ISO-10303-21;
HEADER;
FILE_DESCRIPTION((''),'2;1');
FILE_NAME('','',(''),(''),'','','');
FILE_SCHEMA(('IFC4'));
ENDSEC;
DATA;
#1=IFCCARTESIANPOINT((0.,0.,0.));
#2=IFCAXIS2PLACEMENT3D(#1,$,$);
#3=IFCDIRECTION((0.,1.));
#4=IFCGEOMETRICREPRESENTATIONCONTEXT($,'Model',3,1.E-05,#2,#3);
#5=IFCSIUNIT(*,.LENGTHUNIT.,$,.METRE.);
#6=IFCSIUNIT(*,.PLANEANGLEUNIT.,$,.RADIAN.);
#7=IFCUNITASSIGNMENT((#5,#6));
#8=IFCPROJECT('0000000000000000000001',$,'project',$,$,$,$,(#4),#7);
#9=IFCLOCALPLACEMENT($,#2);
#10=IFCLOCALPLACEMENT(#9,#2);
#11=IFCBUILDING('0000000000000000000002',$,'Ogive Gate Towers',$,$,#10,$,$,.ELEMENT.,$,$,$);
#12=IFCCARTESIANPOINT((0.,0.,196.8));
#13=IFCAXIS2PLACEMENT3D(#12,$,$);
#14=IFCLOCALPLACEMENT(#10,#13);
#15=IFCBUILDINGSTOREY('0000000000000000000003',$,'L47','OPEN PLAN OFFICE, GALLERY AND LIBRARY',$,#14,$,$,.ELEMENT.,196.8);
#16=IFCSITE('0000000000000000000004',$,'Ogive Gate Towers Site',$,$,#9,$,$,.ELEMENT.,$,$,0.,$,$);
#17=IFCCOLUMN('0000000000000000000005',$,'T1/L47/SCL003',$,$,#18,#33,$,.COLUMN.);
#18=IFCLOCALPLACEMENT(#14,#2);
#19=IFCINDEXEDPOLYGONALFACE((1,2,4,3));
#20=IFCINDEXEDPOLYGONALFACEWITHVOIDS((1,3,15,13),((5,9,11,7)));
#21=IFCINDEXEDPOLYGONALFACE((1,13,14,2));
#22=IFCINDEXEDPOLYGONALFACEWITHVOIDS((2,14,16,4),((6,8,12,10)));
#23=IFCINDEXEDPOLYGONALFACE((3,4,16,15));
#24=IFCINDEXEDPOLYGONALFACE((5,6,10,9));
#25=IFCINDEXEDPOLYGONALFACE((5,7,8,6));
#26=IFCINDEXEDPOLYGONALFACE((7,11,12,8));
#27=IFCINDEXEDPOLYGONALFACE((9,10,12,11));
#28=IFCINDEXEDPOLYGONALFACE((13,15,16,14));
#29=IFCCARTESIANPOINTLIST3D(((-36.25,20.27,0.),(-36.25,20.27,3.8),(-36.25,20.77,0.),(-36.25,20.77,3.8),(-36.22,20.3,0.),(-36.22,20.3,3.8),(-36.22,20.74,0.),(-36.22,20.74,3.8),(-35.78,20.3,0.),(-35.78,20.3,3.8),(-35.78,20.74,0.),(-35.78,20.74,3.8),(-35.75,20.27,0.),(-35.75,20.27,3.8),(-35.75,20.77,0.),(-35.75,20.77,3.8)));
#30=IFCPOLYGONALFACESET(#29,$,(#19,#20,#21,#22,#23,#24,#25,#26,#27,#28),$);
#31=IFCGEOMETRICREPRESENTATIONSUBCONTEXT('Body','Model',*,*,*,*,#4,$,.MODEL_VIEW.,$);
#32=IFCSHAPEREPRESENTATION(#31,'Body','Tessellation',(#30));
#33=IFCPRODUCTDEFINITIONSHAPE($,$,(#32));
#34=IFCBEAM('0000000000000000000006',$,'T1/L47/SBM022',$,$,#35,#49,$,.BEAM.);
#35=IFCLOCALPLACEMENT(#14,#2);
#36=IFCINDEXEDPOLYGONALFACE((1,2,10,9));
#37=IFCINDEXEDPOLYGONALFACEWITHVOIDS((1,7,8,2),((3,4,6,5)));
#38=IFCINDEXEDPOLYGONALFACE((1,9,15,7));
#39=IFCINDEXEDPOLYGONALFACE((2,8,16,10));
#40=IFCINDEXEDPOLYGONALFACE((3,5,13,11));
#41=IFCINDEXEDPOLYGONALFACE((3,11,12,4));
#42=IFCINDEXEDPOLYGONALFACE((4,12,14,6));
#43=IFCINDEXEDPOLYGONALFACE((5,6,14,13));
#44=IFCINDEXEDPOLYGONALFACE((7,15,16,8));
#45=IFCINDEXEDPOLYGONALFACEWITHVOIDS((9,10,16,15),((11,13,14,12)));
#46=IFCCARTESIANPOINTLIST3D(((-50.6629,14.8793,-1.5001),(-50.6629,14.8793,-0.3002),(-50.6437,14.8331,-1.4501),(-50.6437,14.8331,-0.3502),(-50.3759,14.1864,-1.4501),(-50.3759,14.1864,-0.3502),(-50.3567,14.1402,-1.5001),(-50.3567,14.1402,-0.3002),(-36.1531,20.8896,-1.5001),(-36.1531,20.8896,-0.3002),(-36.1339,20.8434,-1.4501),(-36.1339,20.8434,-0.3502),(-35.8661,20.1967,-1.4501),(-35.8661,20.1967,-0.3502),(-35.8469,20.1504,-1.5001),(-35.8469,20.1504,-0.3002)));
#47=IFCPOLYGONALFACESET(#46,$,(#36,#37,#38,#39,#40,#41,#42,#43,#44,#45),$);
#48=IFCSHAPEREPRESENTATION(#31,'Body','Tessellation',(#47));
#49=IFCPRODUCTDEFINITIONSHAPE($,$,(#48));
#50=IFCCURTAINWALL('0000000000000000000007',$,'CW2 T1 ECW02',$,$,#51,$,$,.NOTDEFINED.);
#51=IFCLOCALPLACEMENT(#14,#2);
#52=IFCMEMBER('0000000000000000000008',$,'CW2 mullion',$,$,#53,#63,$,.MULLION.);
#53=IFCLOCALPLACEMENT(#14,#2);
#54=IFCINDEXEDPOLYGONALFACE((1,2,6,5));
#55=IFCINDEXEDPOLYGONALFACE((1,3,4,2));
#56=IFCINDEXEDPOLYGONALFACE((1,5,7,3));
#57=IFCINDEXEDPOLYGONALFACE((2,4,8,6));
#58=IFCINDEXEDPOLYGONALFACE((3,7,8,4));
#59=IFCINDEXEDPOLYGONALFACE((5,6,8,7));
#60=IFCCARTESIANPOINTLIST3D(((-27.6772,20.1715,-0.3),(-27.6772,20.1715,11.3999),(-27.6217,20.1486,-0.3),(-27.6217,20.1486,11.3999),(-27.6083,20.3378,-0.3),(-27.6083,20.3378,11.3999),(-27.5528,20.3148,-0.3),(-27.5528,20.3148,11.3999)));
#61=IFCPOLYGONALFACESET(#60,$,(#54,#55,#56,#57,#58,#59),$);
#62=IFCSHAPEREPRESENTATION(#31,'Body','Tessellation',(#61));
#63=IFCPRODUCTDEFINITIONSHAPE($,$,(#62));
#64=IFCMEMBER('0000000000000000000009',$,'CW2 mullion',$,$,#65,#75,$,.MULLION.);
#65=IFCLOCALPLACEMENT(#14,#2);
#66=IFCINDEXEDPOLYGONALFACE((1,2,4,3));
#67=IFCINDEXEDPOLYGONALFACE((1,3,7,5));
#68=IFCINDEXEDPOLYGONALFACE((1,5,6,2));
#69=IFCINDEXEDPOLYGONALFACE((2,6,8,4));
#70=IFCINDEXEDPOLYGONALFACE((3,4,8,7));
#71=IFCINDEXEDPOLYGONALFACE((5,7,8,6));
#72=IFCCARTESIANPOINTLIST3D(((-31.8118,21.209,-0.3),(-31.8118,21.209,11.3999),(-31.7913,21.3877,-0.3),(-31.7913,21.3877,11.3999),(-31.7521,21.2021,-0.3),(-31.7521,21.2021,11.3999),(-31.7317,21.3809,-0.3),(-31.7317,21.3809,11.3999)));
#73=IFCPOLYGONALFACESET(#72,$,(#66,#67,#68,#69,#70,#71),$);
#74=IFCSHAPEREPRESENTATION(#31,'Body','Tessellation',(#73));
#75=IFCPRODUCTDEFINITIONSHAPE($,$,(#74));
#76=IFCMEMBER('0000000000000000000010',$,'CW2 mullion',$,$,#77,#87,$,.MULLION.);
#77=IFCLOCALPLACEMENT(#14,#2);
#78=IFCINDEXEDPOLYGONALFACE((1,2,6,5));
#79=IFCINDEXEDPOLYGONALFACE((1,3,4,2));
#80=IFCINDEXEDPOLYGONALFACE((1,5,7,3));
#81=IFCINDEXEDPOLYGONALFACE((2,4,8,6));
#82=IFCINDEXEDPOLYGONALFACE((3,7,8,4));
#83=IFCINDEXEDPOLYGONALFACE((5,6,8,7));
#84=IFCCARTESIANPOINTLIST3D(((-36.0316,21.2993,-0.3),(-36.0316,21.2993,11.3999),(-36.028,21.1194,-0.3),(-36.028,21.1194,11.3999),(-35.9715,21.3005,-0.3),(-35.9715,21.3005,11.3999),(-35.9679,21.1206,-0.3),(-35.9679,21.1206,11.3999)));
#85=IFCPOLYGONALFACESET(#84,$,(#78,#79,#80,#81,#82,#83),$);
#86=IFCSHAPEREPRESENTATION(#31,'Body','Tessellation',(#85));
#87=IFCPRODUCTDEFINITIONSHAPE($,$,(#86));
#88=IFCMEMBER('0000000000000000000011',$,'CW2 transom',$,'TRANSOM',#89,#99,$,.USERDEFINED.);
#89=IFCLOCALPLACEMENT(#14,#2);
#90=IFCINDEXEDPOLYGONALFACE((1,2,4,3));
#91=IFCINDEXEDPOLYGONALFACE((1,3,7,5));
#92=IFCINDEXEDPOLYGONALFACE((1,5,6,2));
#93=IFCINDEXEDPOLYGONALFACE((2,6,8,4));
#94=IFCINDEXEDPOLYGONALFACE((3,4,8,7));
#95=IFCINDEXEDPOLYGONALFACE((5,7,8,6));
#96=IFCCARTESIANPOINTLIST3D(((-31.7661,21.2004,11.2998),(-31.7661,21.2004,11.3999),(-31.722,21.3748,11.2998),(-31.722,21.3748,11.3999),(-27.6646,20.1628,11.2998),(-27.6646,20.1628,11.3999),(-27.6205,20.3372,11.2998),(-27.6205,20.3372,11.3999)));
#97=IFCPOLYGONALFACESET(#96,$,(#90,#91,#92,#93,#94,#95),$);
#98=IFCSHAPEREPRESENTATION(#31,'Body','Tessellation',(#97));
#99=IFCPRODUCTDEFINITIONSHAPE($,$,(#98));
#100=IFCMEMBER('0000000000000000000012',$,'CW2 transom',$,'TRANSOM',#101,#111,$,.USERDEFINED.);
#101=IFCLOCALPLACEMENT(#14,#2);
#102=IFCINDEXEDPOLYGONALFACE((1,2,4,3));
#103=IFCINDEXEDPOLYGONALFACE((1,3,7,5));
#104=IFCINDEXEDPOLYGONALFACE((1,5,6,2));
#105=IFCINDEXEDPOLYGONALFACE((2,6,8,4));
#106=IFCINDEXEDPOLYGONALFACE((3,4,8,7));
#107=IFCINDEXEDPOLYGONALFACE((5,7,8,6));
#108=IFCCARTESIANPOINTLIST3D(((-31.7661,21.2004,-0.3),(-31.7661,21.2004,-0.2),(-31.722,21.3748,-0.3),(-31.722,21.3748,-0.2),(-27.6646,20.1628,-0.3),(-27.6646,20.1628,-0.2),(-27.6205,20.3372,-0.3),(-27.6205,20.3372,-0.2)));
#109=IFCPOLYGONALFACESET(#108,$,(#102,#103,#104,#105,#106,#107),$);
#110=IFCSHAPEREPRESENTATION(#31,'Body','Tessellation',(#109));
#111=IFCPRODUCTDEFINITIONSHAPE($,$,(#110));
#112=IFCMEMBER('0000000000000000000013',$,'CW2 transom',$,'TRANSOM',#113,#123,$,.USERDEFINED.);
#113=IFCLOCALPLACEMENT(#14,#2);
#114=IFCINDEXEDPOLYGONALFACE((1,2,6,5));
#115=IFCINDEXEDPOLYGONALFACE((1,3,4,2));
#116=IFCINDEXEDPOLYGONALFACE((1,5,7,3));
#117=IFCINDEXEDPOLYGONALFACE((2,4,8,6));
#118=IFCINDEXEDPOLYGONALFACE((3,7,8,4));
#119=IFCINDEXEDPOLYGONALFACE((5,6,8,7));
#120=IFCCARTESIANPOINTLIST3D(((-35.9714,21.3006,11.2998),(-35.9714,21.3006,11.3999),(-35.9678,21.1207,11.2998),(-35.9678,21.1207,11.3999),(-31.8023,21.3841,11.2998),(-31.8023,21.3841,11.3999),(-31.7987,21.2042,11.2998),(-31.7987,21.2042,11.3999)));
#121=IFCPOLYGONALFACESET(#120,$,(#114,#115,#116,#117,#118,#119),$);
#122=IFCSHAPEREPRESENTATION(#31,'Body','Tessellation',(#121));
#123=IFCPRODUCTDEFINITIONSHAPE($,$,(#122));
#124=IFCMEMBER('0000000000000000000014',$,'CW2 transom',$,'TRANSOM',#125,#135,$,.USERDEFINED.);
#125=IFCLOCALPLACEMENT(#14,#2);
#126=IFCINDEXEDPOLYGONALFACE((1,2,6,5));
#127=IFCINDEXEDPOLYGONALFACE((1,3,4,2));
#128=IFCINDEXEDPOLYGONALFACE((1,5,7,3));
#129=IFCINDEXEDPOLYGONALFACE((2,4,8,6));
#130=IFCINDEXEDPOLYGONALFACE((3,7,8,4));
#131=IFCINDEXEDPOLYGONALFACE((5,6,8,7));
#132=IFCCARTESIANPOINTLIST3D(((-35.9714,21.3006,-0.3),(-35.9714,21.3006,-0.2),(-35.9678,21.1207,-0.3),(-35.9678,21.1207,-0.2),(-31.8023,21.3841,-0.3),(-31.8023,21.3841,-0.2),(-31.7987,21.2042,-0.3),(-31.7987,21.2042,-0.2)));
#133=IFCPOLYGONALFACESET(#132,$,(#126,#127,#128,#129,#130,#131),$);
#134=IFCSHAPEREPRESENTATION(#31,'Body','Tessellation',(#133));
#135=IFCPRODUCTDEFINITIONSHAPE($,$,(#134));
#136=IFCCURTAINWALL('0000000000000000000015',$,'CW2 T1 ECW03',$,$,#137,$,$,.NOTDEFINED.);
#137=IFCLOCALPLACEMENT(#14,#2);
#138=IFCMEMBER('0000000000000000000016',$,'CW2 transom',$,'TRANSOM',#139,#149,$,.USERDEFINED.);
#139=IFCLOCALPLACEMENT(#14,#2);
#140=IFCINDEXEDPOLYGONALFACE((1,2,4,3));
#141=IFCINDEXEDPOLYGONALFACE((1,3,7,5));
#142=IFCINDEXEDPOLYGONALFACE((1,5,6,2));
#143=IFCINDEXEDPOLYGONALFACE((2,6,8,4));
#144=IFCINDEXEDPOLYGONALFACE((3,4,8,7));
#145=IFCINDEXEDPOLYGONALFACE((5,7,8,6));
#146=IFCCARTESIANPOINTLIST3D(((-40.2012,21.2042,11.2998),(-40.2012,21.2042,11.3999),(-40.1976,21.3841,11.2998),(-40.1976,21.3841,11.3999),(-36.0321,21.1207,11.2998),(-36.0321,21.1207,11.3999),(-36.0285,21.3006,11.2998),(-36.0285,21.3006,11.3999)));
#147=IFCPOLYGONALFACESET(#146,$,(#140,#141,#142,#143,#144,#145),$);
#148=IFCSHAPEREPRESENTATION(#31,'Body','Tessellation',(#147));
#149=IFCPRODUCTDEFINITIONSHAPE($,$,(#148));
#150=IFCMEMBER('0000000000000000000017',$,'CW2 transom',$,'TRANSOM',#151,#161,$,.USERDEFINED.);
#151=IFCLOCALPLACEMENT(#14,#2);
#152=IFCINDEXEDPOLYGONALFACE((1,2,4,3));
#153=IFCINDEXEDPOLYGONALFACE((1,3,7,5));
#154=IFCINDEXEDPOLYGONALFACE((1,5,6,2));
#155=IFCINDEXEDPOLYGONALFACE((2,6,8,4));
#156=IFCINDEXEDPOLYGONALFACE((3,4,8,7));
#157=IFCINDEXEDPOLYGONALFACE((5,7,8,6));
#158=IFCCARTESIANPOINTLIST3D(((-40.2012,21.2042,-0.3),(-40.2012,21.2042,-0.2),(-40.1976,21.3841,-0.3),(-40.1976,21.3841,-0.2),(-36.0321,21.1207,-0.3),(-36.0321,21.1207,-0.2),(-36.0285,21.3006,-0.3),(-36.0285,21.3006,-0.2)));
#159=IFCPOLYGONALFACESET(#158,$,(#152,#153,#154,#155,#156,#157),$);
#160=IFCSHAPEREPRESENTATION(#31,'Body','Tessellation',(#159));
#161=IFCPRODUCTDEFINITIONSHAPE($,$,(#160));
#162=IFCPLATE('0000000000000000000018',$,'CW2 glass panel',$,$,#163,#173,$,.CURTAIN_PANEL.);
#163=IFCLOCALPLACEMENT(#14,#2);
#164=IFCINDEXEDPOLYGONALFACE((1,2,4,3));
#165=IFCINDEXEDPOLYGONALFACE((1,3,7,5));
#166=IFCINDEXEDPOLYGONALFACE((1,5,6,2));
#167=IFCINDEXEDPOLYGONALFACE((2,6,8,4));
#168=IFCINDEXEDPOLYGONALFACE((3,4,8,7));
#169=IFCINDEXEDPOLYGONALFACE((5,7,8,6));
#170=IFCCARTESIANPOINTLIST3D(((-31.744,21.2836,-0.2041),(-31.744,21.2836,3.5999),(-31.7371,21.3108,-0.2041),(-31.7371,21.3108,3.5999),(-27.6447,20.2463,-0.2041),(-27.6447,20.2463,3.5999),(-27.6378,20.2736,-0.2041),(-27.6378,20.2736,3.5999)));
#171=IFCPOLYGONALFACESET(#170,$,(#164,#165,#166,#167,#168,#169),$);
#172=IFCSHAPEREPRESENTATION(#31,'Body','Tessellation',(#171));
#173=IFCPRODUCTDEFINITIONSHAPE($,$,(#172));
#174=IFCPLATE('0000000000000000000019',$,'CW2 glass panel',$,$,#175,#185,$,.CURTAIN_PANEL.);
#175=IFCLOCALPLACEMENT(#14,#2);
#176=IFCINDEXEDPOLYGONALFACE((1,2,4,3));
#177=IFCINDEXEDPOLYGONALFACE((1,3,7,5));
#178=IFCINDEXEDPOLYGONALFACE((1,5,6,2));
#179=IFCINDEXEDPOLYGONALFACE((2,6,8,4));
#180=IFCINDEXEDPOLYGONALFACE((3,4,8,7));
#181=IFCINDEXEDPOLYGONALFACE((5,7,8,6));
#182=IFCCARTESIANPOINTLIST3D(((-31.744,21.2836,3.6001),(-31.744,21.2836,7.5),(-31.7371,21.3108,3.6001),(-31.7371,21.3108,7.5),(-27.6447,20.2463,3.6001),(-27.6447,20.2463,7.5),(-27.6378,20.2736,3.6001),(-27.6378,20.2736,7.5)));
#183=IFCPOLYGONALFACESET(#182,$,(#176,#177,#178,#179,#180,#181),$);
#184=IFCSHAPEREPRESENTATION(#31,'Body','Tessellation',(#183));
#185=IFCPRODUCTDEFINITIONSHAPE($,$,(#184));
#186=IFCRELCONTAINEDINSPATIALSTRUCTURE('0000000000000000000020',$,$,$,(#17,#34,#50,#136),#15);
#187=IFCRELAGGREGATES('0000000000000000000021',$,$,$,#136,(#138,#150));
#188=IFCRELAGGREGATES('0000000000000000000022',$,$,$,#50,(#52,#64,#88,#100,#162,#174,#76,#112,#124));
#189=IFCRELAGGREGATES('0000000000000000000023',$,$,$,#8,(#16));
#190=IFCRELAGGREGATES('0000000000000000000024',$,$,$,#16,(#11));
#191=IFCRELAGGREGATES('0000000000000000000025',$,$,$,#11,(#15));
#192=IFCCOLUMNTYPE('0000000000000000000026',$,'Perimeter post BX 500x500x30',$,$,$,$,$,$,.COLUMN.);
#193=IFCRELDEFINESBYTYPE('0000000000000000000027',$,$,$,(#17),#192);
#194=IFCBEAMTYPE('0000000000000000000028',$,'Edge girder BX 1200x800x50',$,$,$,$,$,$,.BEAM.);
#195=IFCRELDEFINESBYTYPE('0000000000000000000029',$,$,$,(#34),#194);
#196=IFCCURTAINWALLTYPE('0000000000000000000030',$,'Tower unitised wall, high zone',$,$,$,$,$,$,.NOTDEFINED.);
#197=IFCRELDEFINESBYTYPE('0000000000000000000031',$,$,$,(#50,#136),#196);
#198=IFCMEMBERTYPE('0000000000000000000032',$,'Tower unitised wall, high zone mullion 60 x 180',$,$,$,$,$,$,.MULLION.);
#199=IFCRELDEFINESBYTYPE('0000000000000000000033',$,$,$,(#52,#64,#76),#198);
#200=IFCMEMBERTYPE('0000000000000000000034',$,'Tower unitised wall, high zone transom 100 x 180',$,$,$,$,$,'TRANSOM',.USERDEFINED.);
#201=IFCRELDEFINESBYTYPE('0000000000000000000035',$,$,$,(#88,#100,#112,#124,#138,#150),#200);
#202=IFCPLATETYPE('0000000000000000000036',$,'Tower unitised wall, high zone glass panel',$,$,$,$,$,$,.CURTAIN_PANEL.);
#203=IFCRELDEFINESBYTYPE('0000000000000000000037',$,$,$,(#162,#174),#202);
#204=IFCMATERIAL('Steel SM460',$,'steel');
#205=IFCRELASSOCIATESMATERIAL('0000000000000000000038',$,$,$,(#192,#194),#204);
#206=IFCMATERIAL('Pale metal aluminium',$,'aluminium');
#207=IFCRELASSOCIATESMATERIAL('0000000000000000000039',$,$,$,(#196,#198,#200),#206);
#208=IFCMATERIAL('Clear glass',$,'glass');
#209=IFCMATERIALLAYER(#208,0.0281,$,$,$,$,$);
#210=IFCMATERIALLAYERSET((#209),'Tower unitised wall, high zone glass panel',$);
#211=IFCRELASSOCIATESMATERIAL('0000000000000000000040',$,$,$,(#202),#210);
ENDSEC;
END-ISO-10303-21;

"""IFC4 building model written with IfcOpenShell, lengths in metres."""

from ifc_helpers import new_model, si_unit, direction, frame, origin, origin_2d, place, context, subcontext, project, spatial, rectangle, hollow_rectangle, extrude, material, layer, layer_set, material_profile, profile_set, type_object, element, aggregate, save


model = new_model("IFC4")

# Units and contexts
model_context = context("Model", 3, precision=1e-05, world=origin(), true_north=direction((0.0, 1.0)))
body_context = subcontext(model_context, "Body", "Model", "MODEL_VIEW")
ifc_project = project(units=[si_unit("LENGTHUNIT", "METRE"), si_unit("PLANEANGLEUNIT", "RADIAN")], contexts=[model_context])

# Site, building, storey
site_placement = place(None, origin())
site = spatial("IfcSite", under=ifc_project, at=site_placement, Name="Ogive Gate Towers Site", CompositionType="ELEMENT", RefElevation=0.0)
building_placement = place(site_placement, origin())
building = spatial("IfcBuilding", under=site, at=building_placement, Name="Ogive Gate Towers", CompositionType="ELEMENT")
storey_placement = place(building_placement, frame((0.0, 0.0, 196.8)))
storey = spatial("IfcBuildingStorey", under=building, at=storey_placement, Name="L47", Description="OPEN PLAN OFFICE, GALLERY AND LIBRARY", CompositionType="ELEMENT", Elevation=196.8)

# Column
ifc_material_1 = material(Name="Steel SM460", Category="steel")
ifc_material_profile_1 = material_profile(ifc_material_1, hollow_rectangle(XDim=0.5, YDim=0.5, WallThickness=0.03, at=origin_2d()), Name="BX 500x500x30")
ifc_profile_set_1 = profile_set([ifc_material_profile_1], Name="Steel SM460")
column_type = type_object("IfcColumnType", Name="Perimeter post BX 500x500x30", PredefinedType="COLUMN", material=ifc_profile_set_1)
column_placement = place(storey_placement, frame((-36.0, 20.52, 0.0), z_axis=(0.0, 0.0, 1.0), x_axis=(1.0, 0.0, 0.0)))
element("IfcColumn", 1, at=column_placement, inside=storey, type_object=column_type, Name="T1/L47/SCL003", PredefinedType="COLUMN", context=body_context, shape_type="SweptSolid", body=[
    extrude(hollow_rectangle(XDim=0.5, YDim=0.5, WallThickness=0.03, at=origin_2d()), origin(), (0.0, 0.0, 1.0), 3.8),
])

# Beam
ifc_material_profile_2 = material_profile(ifc_material_1, hollow_rectangle(XDim=0.8, YDim=1.2, WallThickness=0.05, at=origin_2d()), Name="BX 1200x800x50")
ifc_profile_set_2 = profile_set([ifc_material_profile_2], Name="Steel SM460")
beam_type = type_object("IfcBeamType", Name="Edge girder BX 1200x800x50", PredefinedType="BEAM", material=ifc_profile_set_2)
beam_placement = place(storey_placement, frame((-36.0, 20.52, -0.9001), z_axis=(-0.923877, -0.38269, 0.0), x_axis=(0.38269, -0.923877, 0.0)))
element("IfcBeam", 2, at=beam_placement, inside=storey, type_object=beam_type, Name="T1/L47/SBM022", PredefinedType="BEAM", context=body_context, shape_type="SweptSolid", body=[
    extrude(hollow_rectangle(XDim=0.8, YDim=1.2, WallThickness=0.05, at=origin_2d()), origin(), (0.0, 0.0, 1.0), 15.7053),
])

# Curtain walls, members
ifc_material_2 = material(Name="Pale metal aluminium", Category="aluminium")
curtain_wall_type = type_object("IfcCurtainWallType", Name="Tower unitised wall, high zone", PredefinedType="NOTDEFINED", material=ifc_material_2)
curtain_wall_1_placement = place(storey_placement, origin())
curtain_wall_1 = element("IfcCurtainWall", 3, at=curtain_wall_1_placement, inside=storey, type_object=curtain_wall_type, Name="CW2 T1 ECW02", PredefinedType="NOTDEFINED")
ifc_material_profile_3 = material_profile(ifc_material_2, rectangle(XDim=0.1799, YDim=0.0601, at=origin_2d()), Name="60 x 180 aluminium box")
ifc_profile_set_3 = profile_set([ifc_material_profile_3], Name="Pale metal aluminium")
member_type_1 = type_object("IfcMemberType", Name="Tower unitised wall, high zone mullion 60 x 180", PredefinedType="MULLION", material=ifc_profile_set_3)
member_1_placement = place(storey_placement, frame((-27.615, 20.2432, -0.3), z_axis=(0.0, 0.0, 1.0), x_axis=(0.382683, 0.92388, 0.0)))
member_1 = element("IfcMember", 4, at=member_1_placement, type_object=member_type_1, Name="CW2 mullion", PredefinedType="MULLION", context=body_context, shape_type="SweptSolid", body=[
    extrude(rectangle(XDim=0.1799, YDim=0.0601, at=origin_2d()), origin(), (0.0, 0.0, 1.0), 11.7),
])
member_2_placement = place(storey_placement, frame((-31.7717, 21.2949, -0.3), z_axis=(0.0, 0.0, 1.0), x_axis=(0.113637, 0.993522, 0.0)))
member_2 = element("IfcMember", 5, at=member_2_placement, type_object=member_type_1, Name="CW2 mullion", PredefinedType="MULLION", context=body_context, shape_type="SweptSolid", body=[
    extrude(rectangle(XDim=0.1799, YDim=0.0601, at=origin_2d()), origin(), (0.0, 0.0, 1.0), 11.7),
])
member_3_placement = place(storey_placement, frame((-35.9998, 21.21, -0.3), z_axis=(0.0, 0.0, 1.0), x_axis=(-0.020052, 0.999799, 0.0)))
member_3 = element("IfcMember", 6, at=member_3_placement, type_object=member_type_1, Name="CW2 mullion", PredefinedType="MULLION", context=body_context, shape_type="SweptSolid", body=[
    extrude(rectangle(XDim=0.1799, YDim=0.0601, at=origin_2d()), origin(), (0.0, 0.0, 1.0), 11.7),
])
ifc_material_profile_4 = material_profile(ifc_material_2, rectangle(XDim=0.1799, YDim=0.1001, at=origin_2d()), Name="100 x 180 aluminium box")
ifc_profile_set_4 = profile_set([ifc_material_profile_4], Name="Pale metal aluminium")
member_type_2 = type_object("IfcMemberType", Name="Tower unitised wall, high zone transom 100 x 180", ElementType="TRANSOM", PredefinedType="USERDEFINED", material=ifc_profile_set_4)
member_4_placement = place(storey_placement, frame((-27.6426, 20.25, 11.3499), z_axis=(-0.96946, 0.24525, 0.0), x_axis=(-0.24525, -0.96946, 0.0)))
member_4 = element("IfcMember", 7, at=member_4_placement, type_object=member_type_2, Name="CW2 transom", ObjectType="TRANSOM", PredefinedType="USERDEFINED", context=body_context, shape_type="SweptSolid", body=[
    extrude(rectangle(XDim=0.1799, YDim=0.1001, at=origin_2d()), origin(), (0.0, 0.0, 1.0), 4.2307),
])
member_5_placement = place(storey_placement, frame((-27.6426, 20.25, -0.25), z_axis=(-0.96946, 0.24525, 0.0), x_axis=(-0.24525, -0.96946, 0.0)))
member_5 = element("IfcMember", 8, at=member_5_placement, type_object=member_type_2, Name="CW2 transom", ObjectType="TRANSOM", PredefinedType="USERDEFINED", context=body_context, shape_type="SweptSolid", body=[
    extrude(rectangle(XDim=0.1799, YDim=0.1001, at=origin_2d()), origin(), (0.0, 0.0, 1.0), 4.2307),
])
member_6_placement = place(storey_placement, frame((-31.8005, 21.2942, 11.3499), z_axis=(-0.9998, -0.020023, 0.0), x_axis=(0.020023, -0.9998, 0.0)))
member_6 = element("IfcMember", 9, at=member_6_placement, type_object=member_type_2, Name="CW2 transom", ObjectType="TRANSOM", PredefinedType="USERDEFINED", context=body_context, shape_type="SweptSolid", body=[
    extrude(rectangle(XDim=0.1799, YDim=0.1001, at=origin_2d()), origin(), (0.0, 0.0, 1.0), 4.1699),
])
member_7_placement = place(storey_placement, frame((-31.8005, 21.2942, -0.25), z_axis=(-0.9998, -0.020023, 0.0), x_axis=(0.020023, -0.9998, 0.0)))
member_7 = element("IfcMember", 10, at=member_7_placement, type_object=member_type_2, Name="CW2 transom", ObjectType="TRANSOM", PredefinedType="USERDEFINED", context=body_context, shape_type="SweptSolid", body=[
    extrude(rectangle(XDim=0.1799, YDim=0.1001, at=origin_2d()), origin(), (0.0, 0.0, 1.0), 4.1699),
])
curtain_wall_2_placement = place(storey_placement, origin())
curtain_wall_2 = element("IfcCurtainWall", 11, at=curtain_wall_2_placement, inside=storey, type_object=curtain_wall_type, Name="CW2 T1 ECW03", PredefinedType="NOTDEFINED")
member_8_placement = place(storey_placement, frame((-36.0303, 21.2107, 11.3499), z_axis=(-0.9998, 0.020023, 0.0), x_axis=(-0.020023, -0.9998, 0.0)))
member_8 = element("IfcMember", 12, at=member_8_placement, type_object=member_type_2, Name="CW2 transom", ObjectType="TRANSOM", PredefinedType="USERDEFINED", context=body_context, shape_type="SweptSolid", body=[
    extrude(rectangle(XDim=0.1799, YDim=0.1001, at=origin_2d()), origin(), (0.0, 0.0, 1.0), 4.1699),
])
member_9_placement = place(storey_placement, frame((-36.0303, 21.2107, -0.25), z_axis=(-0.9998, 0.020023, 0.0), x_axis=(-0.020023, -0.9998, 0.0)))
member_9 = element("IfcMember", 13, at=member_9_placement, type_object=member_type_2, Name="CW2 transom", ObjectType="TRANSOM", PredefinedType="USERDEFINED", context=body_context, shape_type="SweptSolid", body=[
    extrude(rectangle(XDim=0.1799, YDim=0.1001, at=origin_2d()), origin(), (0.0, 0.0, 1.0), 4.1699),
])
aggregate(curtain_wall_2, [member_8, member_9])

# Plates
ifc_material_3 = material(Name="Clear glass", Category="glass")
ifc_layer = layer(ifc_material_3, 0.0281)
ifc_layer_set = layer_set([ifc_layer], Name="Tower unitised wall, high zone glass panel")
plate_type = type_object("IfcPlateType", Name="Tower unitised wall, high zone glass panel", PredefinedType="CURTAIN_PANEL", material=ifc_layer_set)
plate_1_placement = place(storey_placement, frame((-29.6909, 20.7786, -0.2041), z_axis=(0.0, 0.0, 1.0), x_axis=(-0.96945, 0.24529, 0.0)))
plate_1 = element("IfcPlate", 14, at=plate_1_placement, type_object=plate_type, Name="CW2 glass panel", PredefinedType="CURTAIN_PANEL", context=body_context, shape_type="SweptSolid", body=[
    extrude(rectangle(XDim=4.2285, YDim=0.0281, at=origin_2d()), origin(), (0.0, 0.0, 1.0), 3.804),
])
plate_2_placement = place(storey_placement, frame((-29.6909, 20.7786, 3.6001), z_axis=(0.0, 0.0, 1.0), x_axis=(-0.96945, 0.24529, 0.0)))
plate_2 = element("IfcPlate", 15, at=plate_2_placement, type_object=plate_type, Name="CW2 glass panel", PredefinedType="CURTAIN_PANEL", context=body_context, shape_type="SweptSolid", body=[
    extrude(rectangle(XDim=4.2285, YDim=0.0281, at=origin_2d()), origin(), (0.0, 0.0, 1.0), 3.8999),
])
aggregate(curtain_wall_1, [member_1, member_2, member_4, member_5, plate_1, plate_2, member_3, member_6, member_7])

save(model, "model.ifc")
